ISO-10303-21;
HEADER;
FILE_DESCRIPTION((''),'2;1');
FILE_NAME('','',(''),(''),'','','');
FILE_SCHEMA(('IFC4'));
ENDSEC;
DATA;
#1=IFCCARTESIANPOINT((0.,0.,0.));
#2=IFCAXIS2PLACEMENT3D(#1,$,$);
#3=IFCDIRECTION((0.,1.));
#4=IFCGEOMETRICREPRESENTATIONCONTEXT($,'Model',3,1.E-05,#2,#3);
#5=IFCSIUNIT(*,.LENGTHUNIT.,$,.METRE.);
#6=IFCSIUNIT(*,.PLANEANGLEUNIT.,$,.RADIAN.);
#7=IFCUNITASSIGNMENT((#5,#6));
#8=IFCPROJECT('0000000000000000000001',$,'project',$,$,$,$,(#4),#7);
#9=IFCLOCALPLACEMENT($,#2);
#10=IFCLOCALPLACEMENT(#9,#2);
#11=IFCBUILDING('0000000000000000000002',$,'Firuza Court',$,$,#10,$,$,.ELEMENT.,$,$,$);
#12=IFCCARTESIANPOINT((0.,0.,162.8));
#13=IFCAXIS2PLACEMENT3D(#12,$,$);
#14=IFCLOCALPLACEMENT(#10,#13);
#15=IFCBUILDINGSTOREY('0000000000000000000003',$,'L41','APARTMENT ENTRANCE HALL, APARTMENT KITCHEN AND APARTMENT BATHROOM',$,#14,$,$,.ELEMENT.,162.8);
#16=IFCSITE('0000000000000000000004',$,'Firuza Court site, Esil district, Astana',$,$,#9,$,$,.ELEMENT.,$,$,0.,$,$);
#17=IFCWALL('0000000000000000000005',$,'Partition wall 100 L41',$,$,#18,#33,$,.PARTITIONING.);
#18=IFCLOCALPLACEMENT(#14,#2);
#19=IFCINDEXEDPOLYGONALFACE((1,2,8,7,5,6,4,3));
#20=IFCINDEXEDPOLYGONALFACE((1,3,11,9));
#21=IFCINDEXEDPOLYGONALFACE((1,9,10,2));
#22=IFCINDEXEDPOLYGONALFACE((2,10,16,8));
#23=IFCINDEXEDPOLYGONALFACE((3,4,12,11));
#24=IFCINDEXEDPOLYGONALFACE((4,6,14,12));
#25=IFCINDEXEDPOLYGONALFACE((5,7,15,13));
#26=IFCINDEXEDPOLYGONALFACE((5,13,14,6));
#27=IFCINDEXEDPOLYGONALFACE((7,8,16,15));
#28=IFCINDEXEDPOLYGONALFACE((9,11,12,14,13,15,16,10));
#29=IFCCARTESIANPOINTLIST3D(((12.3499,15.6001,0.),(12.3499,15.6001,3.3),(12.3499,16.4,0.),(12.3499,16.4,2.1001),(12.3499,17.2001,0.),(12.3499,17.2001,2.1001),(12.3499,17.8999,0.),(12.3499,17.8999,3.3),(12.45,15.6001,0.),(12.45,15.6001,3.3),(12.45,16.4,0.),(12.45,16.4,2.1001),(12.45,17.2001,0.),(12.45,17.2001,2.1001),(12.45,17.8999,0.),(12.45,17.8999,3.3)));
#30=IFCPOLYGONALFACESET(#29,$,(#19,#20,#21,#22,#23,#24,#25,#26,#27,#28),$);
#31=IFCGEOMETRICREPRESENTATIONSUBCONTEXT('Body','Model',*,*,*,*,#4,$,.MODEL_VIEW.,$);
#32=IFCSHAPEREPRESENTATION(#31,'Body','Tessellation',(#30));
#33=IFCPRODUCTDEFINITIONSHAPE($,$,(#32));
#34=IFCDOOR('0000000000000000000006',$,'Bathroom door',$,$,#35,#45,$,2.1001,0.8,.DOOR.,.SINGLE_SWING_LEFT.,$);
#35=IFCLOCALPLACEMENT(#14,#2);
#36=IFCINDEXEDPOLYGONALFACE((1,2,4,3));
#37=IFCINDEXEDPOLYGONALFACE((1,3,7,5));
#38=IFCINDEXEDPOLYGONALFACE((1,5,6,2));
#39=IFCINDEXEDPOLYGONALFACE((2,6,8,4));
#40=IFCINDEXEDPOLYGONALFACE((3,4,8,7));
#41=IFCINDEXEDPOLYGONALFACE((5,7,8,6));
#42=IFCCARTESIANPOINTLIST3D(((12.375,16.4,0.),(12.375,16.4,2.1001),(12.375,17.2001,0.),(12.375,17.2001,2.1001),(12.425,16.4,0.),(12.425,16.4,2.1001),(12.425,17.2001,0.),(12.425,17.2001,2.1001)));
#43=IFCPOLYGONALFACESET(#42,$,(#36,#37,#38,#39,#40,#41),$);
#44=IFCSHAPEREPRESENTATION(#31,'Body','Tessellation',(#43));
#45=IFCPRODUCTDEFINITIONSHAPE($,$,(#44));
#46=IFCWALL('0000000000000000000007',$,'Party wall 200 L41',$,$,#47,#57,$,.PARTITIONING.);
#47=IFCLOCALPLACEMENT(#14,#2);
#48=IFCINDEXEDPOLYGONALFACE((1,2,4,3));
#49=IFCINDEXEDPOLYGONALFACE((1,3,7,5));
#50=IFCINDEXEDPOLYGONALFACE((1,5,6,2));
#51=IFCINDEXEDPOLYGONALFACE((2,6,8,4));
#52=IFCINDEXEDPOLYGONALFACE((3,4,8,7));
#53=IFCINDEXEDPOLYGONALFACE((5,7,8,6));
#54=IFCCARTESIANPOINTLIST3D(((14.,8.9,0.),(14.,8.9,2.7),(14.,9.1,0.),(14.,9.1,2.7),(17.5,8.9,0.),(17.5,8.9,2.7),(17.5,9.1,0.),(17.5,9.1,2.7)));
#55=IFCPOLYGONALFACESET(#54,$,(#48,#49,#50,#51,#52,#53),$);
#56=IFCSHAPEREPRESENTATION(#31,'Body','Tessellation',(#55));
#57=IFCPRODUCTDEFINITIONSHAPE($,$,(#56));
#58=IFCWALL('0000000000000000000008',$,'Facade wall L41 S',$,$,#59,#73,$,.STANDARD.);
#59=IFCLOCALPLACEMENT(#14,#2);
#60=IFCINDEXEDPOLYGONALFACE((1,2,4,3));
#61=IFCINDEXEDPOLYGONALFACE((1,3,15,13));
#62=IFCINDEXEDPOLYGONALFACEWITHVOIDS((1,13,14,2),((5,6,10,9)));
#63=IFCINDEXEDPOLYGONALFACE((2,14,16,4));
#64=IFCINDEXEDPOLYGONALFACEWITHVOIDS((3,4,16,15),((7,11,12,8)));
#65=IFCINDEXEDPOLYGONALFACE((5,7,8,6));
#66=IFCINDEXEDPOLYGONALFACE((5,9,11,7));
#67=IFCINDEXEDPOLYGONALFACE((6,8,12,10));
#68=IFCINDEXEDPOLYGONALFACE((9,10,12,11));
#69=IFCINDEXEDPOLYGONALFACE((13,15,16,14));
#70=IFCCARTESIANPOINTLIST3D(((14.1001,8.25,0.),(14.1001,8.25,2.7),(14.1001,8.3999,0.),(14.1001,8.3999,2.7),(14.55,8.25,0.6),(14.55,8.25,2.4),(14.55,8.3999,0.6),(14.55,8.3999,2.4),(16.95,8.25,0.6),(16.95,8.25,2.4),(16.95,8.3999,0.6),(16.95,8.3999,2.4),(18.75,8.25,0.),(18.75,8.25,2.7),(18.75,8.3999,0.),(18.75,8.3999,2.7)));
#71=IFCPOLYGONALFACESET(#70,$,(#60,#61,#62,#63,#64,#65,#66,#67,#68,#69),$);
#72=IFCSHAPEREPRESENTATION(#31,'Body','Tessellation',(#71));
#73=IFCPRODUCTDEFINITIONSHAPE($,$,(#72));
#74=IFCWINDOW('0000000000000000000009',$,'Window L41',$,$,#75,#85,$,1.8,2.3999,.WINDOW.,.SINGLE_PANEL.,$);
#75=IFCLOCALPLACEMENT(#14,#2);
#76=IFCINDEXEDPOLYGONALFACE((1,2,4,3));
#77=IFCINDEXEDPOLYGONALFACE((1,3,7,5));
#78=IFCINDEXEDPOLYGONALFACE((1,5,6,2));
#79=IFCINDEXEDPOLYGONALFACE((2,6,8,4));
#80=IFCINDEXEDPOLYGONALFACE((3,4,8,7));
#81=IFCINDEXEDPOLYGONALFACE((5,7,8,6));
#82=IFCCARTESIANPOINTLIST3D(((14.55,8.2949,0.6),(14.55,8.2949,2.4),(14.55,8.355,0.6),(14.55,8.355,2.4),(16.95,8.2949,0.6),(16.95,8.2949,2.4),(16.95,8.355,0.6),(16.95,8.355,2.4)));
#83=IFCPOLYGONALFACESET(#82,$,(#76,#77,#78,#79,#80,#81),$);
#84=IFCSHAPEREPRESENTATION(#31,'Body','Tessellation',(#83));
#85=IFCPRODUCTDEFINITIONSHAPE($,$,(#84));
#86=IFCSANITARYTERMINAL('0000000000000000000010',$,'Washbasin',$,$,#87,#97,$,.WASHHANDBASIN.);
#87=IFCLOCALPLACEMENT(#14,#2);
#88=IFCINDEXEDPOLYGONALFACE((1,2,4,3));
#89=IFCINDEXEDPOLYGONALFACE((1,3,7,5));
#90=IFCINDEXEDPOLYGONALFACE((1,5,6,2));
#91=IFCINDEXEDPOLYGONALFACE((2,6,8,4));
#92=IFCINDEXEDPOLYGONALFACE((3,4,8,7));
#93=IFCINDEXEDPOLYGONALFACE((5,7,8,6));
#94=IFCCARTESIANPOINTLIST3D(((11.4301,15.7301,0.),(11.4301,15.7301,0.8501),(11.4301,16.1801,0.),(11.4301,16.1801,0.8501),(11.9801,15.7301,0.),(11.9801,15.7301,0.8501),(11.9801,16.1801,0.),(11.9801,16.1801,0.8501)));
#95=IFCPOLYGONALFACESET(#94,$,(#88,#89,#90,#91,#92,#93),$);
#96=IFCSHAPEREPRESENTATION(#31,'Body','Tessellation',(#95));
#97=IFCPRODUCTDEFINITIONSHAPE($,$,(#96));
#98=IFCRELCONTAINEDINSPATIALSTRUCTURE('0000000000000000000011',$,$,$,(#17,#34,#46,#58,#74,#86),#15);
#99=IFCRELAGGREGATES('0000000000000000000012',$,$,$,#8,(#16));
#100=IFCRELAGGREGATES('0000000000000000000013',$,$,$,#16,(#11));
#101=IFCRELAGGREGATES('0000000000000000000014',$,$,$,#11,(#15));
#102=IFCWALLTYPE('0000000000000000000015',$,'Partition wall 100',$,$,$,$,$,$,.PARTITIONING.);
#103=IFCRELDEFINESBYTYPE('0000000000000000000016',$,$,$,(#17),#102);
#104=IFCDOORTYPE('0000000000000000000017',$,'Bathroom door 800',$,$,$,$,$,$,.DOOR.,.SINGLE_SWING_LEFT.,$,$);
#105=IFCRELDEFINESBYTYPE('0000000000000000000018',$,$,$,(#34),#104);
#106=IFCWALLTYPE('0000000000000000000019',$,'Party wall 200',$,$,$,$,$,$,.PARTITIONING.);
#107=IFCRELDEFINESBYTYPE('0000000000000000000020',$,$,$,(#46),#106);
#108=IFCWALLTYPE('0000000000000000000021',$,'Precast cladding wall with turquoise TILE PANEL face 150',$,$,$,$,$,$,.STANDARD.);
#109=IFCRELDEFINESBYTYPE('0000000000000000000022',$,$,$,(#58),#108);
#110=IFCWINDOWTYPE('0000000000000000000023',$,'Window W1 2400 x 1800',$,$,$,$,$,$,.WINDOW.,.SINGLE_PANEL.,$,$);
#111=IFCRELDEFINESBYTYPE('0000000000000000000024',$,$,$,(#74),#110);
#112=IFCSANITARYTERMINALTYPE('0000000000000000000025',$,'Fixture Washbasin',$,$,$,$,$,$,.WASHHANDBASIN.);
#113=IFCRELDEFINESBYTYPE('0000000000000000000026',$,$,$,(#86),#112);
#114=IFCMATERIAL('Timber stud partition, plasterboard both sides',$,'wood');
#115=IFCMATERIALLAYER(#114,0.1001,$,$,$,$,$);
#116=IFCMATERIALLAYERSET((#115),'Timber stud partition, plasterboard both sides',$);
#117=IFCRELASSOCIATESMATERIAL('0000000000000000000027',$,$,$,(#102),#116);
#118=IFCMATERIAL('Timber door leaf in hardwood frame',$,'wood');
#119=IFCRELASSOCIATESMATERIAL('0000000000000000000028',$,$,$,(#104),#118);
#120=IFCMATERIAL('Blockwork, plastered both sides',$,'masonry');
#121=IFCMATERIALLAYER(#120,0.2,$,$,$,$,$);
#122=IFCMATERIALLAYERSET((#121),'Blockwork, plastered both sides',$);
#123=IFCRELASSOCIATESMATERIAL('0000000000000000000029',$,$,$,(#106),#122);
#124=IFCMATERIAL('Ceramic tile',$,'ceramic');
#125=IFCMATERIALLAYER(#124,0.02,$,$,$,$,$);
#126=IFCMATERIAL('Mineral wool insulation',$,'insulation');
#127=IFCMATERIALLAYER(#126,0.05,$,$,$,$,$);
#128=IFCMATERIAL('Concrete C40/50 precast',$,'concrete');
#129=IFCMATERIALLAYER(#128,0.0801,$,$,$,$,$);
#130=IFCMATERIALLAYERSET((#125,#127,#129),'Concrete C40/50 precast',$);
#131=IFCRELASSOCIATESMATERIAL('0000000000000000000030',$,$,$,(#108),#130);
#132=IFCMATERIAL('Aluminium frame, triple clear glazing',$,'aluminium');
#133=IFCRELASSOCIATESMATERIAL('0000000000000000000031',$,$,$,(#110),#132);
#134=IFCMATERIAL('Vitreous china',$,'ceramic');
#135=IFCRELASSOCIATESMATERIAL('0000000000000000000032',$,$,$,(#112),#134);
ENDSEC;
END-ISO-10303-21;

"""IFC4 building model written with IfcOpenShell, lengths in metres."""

from ifc_helpers import new_model, si_unit, direction, frame, frame_2d, origin, origin_2d, place, context, subcontext, project, spatial, rectangle, extrude, material, layer, layer_set, type_object, element, fill, save


model = new_model("IFC4")

# Units and contexts
model_context = context("Model", 3, precision=1e-05, world=origin(), true_north=direction((0.0, 1.0)))
body_context = subcontext(model_context, "Body", "Model", "MODEL_VIEW")
ifc_project = project(units=[si_unit("LENGTHUNIT", "METRE"), si_unit("PLANEANGLEUNIT", "RADIAN")], contexts=[model_context])

# Site, building, storey
site_placement = place(None, origin())
site = spatial("IfcSite", under=ifc_project, at=site_placement, Name="Firuza Court site, Esil district, Astana", CompositionType="ELEMENT", RefElevation=0.0)
building_placement = place(site_placement, origin())
building = spatial("IfcBuilding", under=site, at=building_placement, Name="Firuza Court", CompositionType="ELEMENT")
storey_placement = place(building_placement, frame((0.0, 0.0, 162.8)))
storey = spatial("IfcBuildingStorey", under=building, at=storey_placement, Name="L41", Description="APARTMENT ENTRANCE HALL, APARTMENT KITCHEN AND APARTMENT BATHROOM", CompositionType="ELEMENT", Elevation=162.8)

# Shared definitions
ifc_material_1 = material(Name="Timber stud partition, plasterboard both sides", Category="wood")
ifc_layer_1 = layer(ifc_material_1, 0.1001)
ifc_layer_set_1 = layer_set([ifc_layer_1], Name="Timber stud partition, plasterboard both sides")
wall_type_1 = type_object("IfcWallType", Name="Partition wall 100", PredefinedType="PARTITIONING", material=ifc_layer_set_1)

# Wall, opening, door
wall_1_placement = place(storey_placement, frame((12.3999, 15.6001, 0.0), z_axis=(0.0, 0.0, 1.0), x_axis=(0.0, 1.0, 0.0)))
wall_1 = element("IfcWall", 1, at=wall_1_placement, inside=storey, type_object=wall_type_1, Name="Partition wall 100 L41", PredefinedType="PARTITIONING", context=body_context, shape_type="SweptSolid", body=[
    extrude(rectangle(XDim=2.2998, YDim=0.1001, at=frame_2d((1.1499, 0.0))), origin(), (0.0, 0.0, 1.0), 3.3),
])
opening_1_placement = place(wall_1_placement, frame((0.8, 0.0, 0.0)))
opening_1 = element("IfcOpeningElement", 2, at=opening_1_placement, cuts=wall_1, PredefinedType="OPENING", context=body_context, shape_type="SweptSolid", body=[
    extrude(rectangle(XDim=0.8, YDim=2.1001, at=frame_2d((0.3999, 1.05))), frame((0.0, 0.062, 0.0), z_axis=(0.0, -1.0, 0.0), x_axis=(1.0, 0.0, 0.0)), (0.0, 0.0, 1.0), 0.124),
])
ifc_material_2 = material(Name="Timber door leaf in hardwood frame", Category="wood")
door_type_1 = type_object("IfcDoorType", Name="Bathroom door 800", OperationType="SINGLE_SWING_LEFT", PredefinedType="DOOR", material=ifc_material_2)
door_1_placement = place(opening_1_placement, origin())
door_1 = element("IfcDoor", 3, at=door_1_placement, inside=storey, type_object=door_type_1, Name="Bathroom door", OperationType="SINGLE_SWING_LEFT", OverallHeight=2.1001, OverallWidth=0.8, PredefinedType="DOOR", context=body_context, shape_type="SweptSolid", body=[
    extrude(rectangle(XDim=0.8, YDim=2.1001, at=frame_2d((0.3999, 1.05))), frame((0.0, 0.0249, 0.0), z_axis=(0.0, -1.0, 0.0), x_axis=(1.0, 0.0, 0.0)), (0.0, 0.0, 1.0), 0.05),
])
fill(opening_1, door_1)

# Wall
ifc_material_3 = material(Name="Blockwork, plastered both sides", Category="masonry")
ifc_layer_2 = layer(ifc_material_3, 0.2)
ifc_layer_set_2 = layer_set([ifc_layer_2], Name="Blockwork, plastered both sides")
wall_type_2 = type_object("IfcWallType", Name="Party wall 200", PredefinedType="PARTITIONING", material=ifc_layer_set_2)
wall_2_placement = place(storey_placement, frame((14.0, 9.0, 0.0), z_axis=(0.0, 0.0, 1.0), x_axis=(1.0, 0.0, 0.0)))
element("IfcWall", 4, at=wall_2_placement, inside=storey, type_object=wall_type_2, Name="Party wall 200 L41", PredefinedType="PARTITIONING", context=body_context, shape_type="SweptSolid", body=[
    extrude(rectangle(XDim=3.5, YDim=0.2, at=frame_2d((1.75, 0.0))), origin(), (0.0, 0.0, 1.0), 2.7),
])

# Wall, opening, window
ifc_material_4 = material(Name="Ceramic tile", Category="ceramic")
ifc_layer_3 = layer(ifc_material_4, 0.02)
ifc_material_5 = material(Name="Mineral wool insulation", Category="insulation")
ifc_layer_4 = layer(ifc_material_5, 0.05)
ifc_material_6 = material(Name="Concrete C40/50 precast", Category="concrete")
ifc_layer_5 = layer(ifc_material_6, 0.0801)
ifc_layer_set_3 = layer_set([ifc_layer_3, ifc_layer_4, ifc_layer_5], Name="Concrete C40/50 precast")
wall_type_3 = type_object("IfcWallType", Name="Precast cladding wall with turquoise TILE PANEL face 150", PredefinedType="STANDARD", material=ifc_layer_set_3)
wall_3_placement = place(storey_placement, frame((14.1001, 8.325, 0.0), z_axis=(0.0, 0.0, 1.0), x_axis=(1.0, 0.0, 0.0)))
wall_3 = element("IfcWall", 5, at=wall_3_placement, inside=storey, type_object=wall_type_3, Name="Facade wall L41 S", PredefinedType="STANDARD", context=body_context, shape_type="SweptSolid", body=[
    extrude(rectangle(XDim=4.6499, YDim=0.1499, at=frame_2d((2.325, 0.0))), origin(), (0.0, 0.0, 1.0), 2.7),
])
opening_2_placement = place(wall_3_placement, frame((0.45, 0.0, 0.6001)))
opening_2 = element("IfcOpeningElement", 6, at=opening_2_placement, cuts=wall_3, PredefinedType="OPENING", context=body_context, shape_type="SweptSolid", body=[
    extrude(rectangle(XDim=2.3999, YDim=1.8, at=frame_2d((1.2, 0.8999))), frame((0.0, 0.0869, 0.0), z_axis=(0.0, -1.0, 0.0), x_axis=(1.0, 0.0, 0.0)), (0.0, 0.0, 1.0), 0.1738),
])
ifc_material_7 = material(Name="Aluminium frame, triple clear glazing", Category="aluminium")
window_type = type_object("IfcWindowType", Name="Window W1 2400 x 1800", PartitioningType="SINGLE_PANEL", PredefinedType="WINDOW", material=ifc_material_7)
window_placement = place(opening_2_placement, origin())
window = element("IfcWindow", 7, at=window_placement, inside=storey, type_object=window_type, Name="Window L41", OverallHeight=1.8, OverallWidth=2.3999, PartitioningType="SINGLE_PANEL", PredefinedType="WINDOW", context=body_context, shape_type="SweptSolid", body=[
    extrude(rectangle(XDim=2.3999, YDim=1.8, at=frame_2d((1.2, 0.8999))), frame((0.0, 0.03, 0.0), z_axis=(0.0, -1.0, 0.0), x_axis=(1.0, 0.0, 0.0)), (0.0, 0.0, 1.0), 0.0601),
])
fill(opening_2, window)

# Sanitary terminal
ifc_material_8 = material(Name="Vitreous china", Category="ceramic")
sanitary_terminal_type = type_object("IfcSanitaryTerminalType", Name="Fixture Washbasin", PredefinedType="WASHHANDBASIN", material=ifc_material_8)
sanitary_terminal_placement = place(storey_placement, frame((11.7051, 15.9551, 0.0), z_axis=(0.0, 0.0, 1.0), x_axis=(1.0, 0.0, 0.0)))
element("IfcSanitaryTerminal", 8, at=sanitary_terminal_placement, inside=storey, type_object=sanitary_terminal_type, Name="Washbasin", PredefinedType="WASHHANDBASIN", context=body_context, shape_type="SweptSolid", body=[
    extrude(rectangle(XDim=0.55, YDim=0.45, at=origin_2d()), origin(), (0.0, 0.0, 1.0), 0.8501),
])

save(model, "model.ifc")
